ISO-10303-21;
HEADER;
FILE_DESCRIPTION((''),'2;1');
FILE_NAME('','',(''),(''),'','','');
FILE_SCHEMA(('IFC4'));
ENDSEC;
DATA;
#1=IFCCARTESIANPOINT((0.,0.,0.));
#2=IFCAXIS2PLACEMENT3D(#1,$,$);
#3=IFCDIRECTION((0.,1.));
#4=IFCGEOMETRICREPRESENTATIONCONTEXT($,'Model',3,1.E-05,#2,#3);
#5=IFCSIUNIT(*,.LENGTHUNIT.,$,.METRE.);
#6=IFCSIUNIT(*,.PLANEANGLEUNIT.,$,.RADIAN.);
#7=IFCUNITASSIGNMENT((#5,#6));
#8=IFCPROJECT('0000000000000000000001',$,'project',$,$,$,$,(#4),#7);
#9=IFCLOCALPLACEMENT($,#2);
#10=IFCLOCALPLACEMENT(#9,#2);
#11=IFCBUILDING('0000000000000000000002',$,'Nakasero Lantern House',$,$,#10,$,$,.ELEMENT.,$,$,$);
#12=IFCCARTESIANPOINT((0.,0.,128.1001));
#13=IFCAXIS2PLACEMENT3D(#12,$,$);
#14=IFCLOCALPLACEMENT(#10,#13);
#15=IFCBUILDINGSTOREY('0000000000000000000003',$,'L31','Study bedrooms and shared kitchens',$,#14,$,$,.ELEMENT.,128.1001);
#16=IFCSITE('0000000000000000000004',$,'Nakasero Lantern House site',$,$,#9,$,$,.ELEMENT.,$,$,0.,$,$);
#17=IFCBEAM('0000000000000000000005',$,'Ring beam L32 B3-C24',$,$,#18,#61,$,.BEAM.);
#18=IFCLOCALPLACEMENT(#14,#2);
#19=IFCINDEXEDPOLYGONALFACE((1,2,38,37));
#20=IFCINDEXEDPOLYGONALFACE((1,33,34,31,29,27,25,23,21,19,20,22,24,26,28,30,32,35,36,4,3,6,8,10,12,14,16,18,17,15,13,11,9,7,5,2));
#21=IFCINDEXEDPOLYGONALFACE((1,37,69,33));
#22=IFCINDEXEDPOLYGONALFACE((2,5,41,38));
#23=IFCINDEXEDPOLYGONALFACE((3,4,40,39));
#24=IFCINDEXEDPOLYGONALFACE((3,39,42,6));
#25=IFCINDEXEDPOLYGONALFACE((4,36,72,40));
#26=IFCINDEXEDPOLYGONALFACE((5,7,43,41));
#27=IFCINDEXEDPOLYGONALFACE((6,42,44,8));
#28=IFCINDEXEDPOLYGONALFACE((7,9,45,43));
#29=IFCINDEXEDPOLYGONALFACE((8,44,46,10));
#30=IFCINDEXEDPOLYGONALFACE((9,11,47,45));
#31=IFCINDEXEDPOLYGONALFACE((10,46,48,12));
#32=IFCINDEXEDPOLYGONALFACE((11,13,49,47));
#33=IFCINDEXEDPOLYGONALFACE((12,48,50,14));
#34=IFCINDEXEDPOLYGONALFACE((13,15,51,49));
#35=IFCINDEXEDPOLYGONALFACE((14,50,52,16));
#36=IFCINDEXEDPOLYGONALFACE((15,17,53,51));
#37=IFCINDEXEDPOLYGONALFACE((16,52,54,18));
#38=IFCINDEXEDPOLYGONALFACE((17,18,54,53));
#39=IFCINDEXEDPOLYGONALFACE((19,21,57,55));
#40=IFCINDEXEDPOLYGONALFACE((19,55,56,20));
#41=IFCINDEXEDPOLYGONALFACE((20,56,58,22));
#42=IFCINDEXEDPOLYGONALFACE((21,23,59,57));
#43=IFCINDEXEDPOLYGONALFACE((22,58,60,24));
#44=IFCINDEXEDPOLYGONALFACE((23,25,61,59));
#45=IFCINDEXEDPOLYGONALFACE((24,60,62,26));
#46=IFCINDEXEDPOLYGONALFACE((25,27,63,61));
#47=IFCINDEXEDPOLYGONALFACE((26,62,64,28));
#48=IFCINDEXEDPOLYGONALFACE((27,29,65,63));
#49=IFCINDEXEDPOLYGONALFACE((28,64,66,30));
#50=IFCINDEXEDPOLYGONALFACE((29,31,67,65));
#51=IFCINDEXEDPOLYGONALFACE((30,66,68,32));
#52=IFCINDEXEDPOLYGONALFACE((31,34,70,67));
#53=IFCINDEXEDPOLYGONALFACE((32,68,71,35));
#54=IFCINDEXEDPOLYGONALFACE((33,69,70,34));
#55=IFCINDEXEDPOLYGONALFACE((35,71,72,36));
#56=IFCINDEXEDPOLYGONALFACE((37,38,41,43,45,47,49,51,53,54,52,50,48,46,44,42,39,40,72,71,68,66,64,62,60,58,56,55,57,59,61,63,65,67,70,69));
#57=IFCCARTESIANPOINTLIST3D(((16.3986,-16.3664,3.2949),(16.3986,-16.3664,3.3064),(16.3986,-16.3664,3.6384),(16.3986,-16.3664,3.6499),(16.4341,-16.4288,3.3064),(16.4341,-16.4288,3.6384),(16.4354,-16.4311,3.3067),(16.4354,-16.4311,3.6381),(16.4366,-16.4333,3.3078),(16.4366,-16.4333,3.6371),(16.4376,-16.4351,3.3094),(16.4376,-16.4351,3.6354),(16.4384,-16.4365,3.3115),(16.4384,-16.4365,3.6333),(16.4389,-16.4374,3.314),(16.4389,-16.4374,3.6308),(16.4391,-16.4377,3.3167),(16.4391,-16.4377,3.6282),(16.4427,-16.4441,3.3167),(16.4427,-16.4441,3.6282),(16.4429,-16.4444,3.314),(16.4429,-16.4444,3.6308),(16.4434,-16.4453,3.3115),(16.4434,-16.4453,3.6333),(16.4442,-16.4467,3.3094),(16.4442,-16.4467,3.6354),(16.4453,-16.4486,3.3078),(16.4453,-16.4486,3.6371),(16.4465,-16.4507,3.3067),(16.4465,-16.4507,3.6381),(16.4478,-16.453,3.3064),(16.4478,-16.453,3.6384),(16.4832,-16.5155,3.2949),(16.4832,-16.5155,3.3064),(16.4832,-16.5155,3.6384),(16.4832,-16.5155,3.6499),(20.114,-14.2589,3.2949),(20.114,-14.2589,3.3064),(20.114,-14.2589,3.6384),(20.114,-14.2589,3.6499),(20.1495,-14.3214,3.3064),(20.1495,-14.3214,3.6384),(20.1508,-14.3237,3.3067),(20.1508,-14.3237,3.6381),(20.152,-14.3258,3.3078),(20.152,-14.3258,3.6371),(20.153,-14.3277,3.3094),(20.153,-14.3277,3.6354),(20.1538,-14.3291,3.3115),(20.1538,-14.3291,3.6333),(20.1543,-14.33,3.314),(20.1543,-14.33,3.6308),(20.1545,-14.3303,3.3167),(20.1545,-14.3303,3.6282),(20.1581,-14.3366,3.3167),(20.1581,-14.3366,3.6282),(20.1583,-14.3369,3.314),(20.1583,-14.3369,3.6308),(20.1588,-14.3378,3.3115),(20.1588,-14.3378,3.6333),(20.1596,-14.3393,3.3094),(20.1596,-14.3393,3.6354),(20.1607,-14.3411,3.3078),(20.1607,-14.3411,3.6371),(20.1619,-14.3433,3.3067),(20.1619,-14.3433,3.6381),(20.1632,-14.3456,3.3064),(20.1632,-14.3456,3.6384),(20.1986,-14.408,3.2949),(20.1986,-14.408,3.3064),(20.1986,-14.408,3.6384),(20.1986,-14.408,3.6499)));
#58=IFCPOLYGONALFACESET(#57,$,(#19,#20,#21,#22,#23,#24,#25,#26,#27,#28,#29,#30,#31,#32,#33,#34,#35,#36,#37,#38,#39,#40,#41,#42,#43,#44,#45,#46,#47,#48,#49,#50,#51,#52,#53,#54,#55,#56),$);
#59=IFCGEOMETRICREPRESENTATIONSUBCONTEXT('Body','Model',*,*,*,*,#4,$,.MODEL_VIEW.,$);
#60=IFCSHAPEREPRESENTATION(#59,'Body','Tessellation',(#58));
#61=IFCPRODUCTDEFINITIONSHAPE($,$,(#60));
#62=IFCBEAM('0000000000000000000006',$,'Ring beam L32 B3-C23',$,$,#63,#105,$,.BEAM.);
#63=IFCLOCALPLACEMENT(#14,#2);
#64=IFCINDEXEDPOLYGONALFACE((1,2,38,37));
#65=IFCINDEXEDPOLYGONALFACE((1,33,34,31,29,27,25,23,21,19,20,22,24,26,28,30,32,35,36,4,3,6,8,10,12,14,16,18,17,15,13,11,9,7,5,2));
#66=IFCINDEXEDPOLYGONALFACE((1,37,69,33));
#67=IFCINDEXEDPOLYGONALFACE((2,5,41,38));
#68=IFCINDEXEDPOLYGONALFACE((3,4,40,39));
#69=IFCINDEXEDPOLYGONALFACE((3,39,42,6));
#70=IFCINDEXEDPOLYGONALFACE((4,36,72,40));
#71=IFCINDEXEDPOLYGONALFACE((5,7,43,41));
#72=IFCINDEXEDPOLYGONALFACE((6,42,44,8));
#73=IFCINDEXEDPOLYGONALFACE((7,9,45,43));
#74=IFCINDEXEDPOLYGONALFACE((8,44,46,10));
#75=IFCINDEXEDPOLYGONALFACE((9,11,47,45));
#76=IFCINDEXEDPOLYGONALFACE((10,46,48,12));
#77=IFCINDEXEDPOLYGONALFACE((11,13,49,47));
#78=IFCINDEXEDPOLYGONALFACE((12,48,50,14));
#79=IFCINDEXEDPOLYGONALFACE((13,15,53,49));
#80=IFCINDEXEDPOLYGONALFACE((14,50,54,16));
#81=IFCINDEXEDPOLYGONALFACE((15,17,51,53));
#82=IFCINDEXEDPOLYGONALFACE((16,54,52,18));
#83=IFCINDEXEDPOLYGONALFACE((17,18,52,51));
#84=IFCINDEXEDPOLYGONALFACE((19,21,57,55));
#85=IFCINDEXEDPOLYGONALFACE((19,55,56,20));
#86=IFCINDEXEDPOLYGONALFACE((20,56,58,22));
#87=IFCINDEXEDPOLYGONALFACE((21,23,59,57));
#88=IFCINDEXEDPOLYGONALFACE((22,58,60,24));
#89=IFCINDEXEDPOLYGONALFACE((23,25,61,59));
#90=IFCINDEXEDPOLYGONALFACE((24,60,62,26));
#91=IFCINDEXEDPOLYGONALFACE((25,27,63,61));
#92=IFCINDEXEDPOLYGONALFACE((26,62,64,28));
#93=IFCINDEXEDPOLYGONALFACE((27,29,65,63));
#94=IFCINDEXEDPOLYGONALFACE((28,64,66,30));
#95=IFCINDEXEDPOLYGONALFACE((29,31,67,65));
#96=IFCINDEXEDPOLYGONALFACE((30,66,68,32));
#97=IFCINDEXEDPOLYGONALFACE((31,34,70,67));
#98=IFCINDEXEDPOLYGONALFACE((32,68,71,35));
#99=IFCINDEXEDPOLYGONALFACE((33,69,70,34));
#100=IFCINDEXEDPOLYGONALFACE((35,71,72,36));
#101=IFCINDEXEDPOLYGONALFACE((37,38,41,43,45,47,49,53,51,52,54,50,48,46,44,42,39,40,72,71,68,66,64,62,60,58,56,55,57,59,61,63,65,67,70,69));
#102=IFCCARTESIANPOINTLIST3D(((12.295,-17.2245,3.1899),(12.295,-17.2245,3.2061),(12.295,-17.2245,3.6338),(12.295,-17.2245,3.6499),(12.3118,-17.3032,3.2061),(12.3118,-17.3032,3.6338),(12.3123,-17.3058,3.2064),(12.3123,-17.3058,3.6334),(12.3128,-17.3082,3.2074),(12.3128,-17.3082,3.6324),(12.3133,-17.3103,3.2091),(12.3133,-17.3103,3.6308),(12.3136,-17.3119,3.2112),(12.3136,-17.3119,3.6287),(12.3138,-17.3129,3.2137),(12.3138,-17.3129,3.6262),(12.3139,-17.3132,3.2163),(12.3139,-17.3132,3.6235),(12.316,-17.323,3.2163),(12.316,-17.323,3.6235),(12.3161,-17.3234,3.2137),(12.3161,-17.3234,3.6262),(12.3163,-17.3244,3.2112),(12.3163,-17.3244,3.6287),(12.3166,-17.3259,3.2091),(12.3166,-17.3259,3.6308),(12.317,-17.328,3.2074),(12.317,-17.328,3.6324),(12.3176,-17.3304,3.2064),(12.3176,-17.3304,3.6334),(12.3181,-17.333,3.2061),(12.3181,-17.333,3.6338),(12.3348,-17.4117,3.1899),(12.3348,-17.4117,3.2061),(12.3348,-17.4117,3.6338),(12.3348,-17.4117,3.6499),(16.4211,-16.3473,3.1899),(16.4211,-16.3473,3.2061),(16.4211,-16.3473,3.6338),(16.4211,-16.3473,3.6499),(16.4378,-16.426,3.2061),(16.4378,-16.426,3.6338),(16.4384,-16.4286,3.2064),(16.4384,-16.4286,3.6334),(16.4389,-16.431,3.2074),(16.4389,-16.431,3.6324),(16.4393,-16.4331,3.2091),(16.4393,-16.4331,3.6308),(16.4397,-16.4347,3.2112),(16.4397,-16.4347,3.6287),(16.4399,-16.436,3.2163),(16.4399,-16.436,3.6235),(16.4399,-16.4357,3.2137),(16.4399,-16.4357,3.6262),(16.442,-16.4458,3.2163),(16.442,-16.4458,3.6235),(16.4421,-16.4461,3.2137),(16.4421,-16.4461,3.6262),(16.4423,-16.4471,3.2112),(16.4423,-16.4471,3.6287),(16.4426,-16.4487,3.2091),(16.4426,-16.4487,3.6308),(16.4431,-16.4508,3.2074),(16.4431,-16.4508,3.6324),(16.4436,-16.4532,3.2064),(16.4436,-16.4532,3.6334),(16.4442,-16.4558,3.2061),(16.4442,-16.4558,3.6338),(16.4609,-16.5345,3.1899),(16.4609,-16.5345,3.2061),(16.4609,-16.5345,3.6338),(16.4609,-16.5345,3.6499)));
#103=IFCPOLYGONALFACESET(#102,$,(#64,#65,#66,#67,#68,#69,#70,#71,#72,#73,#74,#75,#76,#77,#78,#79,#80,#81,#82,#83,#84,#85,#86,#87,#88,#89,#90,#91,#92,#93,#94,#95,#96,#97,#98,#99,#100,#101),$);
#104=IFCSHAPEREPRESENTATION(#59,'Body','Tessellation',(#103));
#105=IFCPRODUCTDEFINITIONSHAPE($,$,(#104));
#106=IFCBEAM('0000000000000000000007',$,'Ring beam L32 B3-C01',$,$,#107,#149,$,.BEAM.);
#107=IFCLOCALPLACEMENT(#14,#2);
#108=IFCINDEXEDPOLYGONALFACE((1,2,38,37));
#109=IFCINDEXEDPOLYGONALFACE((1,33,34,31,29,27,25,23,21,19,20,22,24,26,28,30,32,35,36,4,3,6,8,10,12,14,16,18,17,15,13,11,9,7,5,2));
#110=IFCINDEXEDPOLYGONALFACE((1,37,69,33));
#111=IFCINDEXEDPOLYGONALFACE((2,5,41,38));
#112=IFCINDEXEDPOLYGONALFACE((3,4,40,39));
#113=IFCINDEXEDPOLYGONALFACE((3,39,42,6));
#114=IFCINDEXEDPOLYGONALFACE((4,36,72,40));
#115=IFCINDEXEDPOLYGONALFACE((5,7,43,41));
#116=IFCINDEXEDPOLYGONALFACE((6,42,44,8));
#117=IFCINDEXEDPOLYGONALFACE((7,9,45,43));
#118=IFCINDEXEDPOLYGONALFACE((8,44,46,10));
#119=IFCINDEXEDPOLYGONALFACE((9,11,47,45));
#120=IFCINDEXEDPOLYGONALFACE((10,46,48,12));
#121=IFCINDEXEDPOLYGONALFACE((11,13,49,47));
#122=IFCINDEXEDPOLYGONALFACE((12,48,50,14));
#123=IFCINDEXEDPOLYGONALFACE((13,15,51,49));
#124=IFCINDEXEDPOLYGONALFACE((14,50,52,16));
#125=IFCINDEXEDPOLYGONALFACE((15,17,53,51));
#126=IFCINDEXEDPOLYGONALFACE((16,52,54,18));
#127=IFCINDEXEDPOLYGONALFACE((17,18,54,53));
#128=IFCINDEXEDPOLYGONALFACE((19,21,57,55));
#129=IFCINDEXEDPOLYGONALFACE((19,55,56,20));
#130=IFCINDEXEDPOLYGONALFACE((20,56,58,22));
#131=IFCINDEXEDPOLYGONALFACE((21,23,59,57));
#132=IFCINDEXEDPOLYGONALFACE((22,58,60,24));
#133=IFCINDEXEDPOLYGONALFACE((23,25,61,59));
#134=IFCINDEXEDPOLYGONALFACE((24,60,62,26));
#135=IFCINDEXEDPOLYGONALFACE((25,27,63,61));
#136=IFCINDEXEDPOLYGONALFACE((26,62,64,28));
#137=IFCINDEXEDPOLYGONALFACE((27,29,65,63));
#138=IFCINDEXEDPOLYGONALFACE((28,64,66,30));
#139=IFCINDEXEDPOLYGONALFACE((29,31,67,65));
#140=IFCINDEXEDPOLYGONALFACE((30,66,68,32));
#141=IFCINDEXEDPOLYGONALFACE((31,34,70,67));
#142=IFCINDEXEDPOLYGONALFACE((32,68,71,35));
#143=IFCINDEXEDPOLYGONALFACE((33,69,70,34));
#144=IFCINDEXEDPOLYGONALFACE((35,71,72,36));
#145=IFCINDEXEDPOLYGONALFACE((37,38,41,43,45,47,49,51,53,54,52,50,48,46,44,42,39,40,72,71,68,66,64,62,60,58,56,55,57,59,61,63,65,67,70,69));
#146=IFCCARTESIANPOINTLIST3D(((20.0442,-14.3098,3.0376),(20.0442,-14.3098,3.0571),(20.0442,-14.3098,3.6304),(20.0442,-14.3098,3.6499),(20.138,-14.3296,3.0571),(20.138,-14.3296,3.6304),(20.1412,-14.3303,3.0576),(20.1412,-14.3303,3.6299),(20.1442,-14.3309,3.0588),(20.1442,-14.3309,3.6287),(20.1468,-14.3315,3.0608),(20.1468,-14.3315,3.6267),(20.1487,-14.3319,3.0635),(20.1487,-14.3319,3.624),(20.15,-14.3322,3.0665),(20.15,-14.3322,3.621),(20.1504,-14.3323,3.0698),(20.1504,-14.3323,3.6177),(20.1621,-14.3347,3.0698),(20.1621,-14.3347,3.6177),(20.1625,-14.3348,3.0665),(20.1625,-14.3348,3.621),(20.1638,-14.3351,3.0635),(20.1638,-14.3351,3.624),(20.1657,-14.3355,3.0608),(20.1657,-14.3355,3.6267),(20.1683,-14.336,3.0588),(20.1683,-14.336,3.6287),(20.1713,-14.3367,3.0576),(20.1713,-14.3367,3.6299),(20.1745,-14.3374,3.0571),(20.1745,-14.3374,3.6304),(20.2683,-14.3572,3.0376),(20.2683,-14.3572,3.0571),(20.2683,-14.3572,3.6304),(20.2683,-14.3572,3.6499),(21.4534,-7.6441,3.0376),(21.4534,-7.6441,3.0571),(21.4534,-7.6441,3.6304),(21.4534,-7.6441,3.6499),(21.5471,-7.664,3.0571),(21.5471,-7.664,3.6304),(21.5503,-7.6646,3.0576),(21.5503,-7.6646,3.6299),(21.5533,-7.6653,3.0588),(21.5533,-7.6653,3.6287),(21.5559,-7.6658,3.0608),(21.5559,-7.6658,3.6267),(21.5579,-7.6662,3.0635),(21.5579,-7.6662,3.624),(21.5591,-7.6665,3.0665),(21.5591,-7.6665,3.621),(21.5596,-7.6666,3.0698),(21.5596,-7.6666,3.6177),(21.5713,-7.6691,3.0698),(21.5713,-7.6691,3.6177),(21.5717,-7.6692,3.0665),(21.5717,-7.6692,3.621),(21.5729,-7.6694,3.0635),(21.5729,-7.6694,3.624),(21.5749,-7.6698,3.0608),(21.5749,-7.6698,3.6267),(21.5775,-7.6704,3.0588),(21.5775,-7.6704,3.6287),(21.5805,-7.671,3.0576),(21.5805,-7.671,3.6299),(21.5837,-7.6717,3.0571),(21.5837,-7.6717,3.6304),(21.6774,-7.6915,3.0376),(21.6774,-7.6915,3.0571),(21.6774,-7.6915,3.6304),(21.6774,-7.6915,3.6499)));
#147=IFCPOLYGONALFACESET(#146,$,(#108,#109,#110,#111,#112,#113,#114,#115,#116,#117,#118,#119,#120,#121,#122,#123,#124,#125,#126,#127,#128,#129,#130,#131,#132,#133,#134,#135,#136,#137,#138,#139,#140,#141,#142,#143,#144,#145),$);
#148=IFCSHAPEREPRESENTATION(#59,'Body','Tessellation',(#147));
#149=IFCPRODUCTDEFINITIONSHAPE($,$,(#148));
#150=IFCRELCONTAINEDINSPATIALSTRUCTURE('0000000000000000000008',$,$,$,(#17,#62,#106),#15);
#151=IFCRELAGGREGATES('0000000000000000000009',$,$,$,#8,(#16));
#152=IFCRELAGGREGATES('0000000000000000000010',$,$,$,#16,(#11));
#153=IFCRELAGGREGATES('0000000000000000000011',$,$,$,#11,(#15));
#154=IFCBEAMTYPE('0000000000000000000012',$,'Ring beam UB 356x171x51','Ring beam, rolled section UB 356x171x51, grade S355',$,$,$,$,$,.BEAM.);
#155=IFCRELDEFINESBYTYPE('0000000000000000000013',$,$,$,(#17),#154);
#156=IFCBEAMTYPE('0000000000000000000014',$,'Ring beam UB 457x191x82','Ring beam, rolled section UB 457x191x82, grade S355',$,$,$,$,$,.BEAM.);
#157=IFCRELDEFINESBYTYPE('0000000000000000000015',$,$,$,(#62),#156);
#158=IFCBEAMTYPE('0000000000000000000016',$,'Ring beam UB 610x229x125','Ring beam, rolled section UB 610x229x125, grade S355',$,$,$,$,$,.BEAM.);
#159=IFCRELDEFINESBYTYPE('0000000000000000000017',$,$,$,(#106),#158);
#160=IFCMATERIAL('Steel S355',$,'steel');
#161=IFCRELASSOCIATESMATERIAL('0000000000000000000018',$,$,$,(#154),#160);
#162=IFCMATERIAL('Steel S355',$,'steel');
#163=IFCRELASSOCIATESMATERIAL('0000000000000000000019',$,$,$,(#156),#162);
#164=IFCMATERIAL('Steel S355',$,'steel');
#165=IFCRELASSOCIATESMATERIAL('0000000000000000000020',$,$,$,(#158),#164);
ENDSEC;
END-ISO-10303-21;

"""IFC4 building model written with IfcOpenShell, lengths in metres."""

from ifc_helpers import new_model, si_unit, direction, frame, origin, origin_2d, place, context, subcontext, project, spatial, i_section, extrude, material, material_profile, profile_set, type_object, element, save


model = new_model("IFC4")

# Units and contexts
model_context = context("Model", 3, precision=1e-05, world=origin(), true_north=direction((0.0, 1.0)))
body_context = subcontext(model_context, "Body", "Model", "MODEL_VIEW")
ifc_project = project(units=[si_unit("LENGTHUNIT", "METRE"), si_unit("PLANEANGLEUNIT", "RADIAN")], contexts=[model_context])

# Site, building, storey
site_placement = place(None, origin())
site = spatial("IfcSite", under=ifc_project, at=site_placement, Name="Nakasero Lantern House site", CompositionType="ELEMENT", RefElevation=0.0)
building_placement = place(site_placement, origin())
building = spatial("IfcBuilding", under=site, at=building_placement, Name="Nakasero Lantern House", CompositionType="ELEMENT")
storey_placement = place(building_placement, frame((0.0, 0.0, 128.1001)))
storey = spatial("IfcBuildingStorey", under=building, at=storey_placement, Name="L31", Description="Study bedrooms and shared kitchens", CompositionType="ELEMENT", Elevation=128.1001)

# Beams
ifc_material_1 = material(Name="Steel S355", Category="steel")
ifc_material_profile_1 = material_profile(ifc_material_1, i_section(OverallWidth=0.1714, OverallDepth=0.355, WebThickness=0.0073, FlangeThickness=0.0115, FilletRadius=0.0103, at=origin_2d()), Name="UB 356x171x51")
ifc_profile_set_1 = profile_set([ifc_material_profile_1], Name="Steel S355")
beam_type_1 = type_object("IfcBeamType", Name="Ring beam UB 356x171x51", Description="Ring beam, rolled section UB 356x171x51, grade S355", PredefinedType="BEAM", material=ifc_profile_set_1)
beam_1_placement = place(storey_placement, frame((16.4409, -16.4409, 3.4724), z_axis=(0.869815, 0.493379, 0.0), x_axis=(-0.493379, 0.869815, 0.0)))
element("IfcBeam", 1, at=beam_1_placement, inside=storey, type_object=beam_type_1, Name="Ring beam L32 B3-C24", PredefinedType="BEAM", context=body_context, shape_type="SweptSolid", body=[
    extrude(i_section(OverallWidth=0.1714, OverallDepth=0.355, WebThickness=0.0073, FlangeThickness=0.0115, FilletRadius=0.0103, at=origin_2d()), origin(), (0.0, 0.0, 1.0), 4.2715),
])
ifc_material_2 = material(Name="Steel S355", Category="steel")
ifc_material_profile_2 = material_profile(ifc_material_2, i_section(OverallWidth=0.1914, OverallDepth=0.46, WebThickness=0.01, FlangeThickness=0.0161, FilletRadius=0.0103, at=origin_2d()), Name="UB 457x191x82")
ifc_profile_set_2 = profile_set([ifc_material_profile_2], Name="Steel S355")
beam_type_2 = type_object("IfcBeamType", Name="Ring beam UB 457x191x82", Description="Ring beam, rolled section UB 457x191x82, grade S355", PredefinedType="BEAM", material=ifc_profile_set_2)
beam_2_placement = place(storey_placement, frame((12.3149, -17.3181, 3.4199), z_axis=(0.978138, 0.207956, 0.0), x_axis=(-0.207956, 0.978138, 0.0)))
element("IfcBeam", 2, at=beam_2_placement, inside=storey, type_object=beam_type_2, Name="Ring beam L32 B3-C23", PredefinedType="BEAM", context=body_context, shape_type="SweptSolid", body=[
    extrude(i_section(OverallWidth=0.1914, OverallDepth=0.46, WebThickness=0.01, FlangeThickness=0.0161, FilletRadius=0.0103, at=origin_2d()), origin(), (0.0, 0.0, 1.0), 4.2183),
])
ifc_material_3 = material(Name="Steel S355", Category="steel")
ifc_material_profile_3 = material_profile(ifc_material_3, i_section(OverallWidth=0.229, OverallDepth=0.6123, WebThickness=0.012, FlangeThickness=0.0195, FilletRadius=0.0127, at=origin_2d()), Name="UB 610x229x125")
ifc_profile_set_3 = profile_set([ifc_material_profile_3], Name="Steel S355")
beam_type_3 = type_object("IfcBeamType", Name="Ring beam UB 610x229x125", Description="Ring beam, rolled section UB 610x229x125, grade S355", PredefinedType="BEAM", material=ifc_profile_set_3)
beam_3_placement = place(storey_placement, frame((20.1562, -14.3335, 3.3438), z_axis=(0.206834, 0.978376, 0.0), x_axis=(-0.978376, 0.206834, 0.0)))
element("IfcBeam", 3, at=beam_3_placement, inside=storey, type_object=beam_type_3, Name="Ring beam L32 B3-C01", PredefinedType="BEAM", context=body_context, shape_type="SweptSolid", body=[
    extrude(i_section(OverallWidth=0.229, OverallDepth=0.6123, WebThickness=0.012, FlangeThickness=0.0195, FilletRadius=0.0127, at=origin_2d()), origin(), (0.0, 0.0, 1.0), 6.813),
])

save(model, "model.ifc")
